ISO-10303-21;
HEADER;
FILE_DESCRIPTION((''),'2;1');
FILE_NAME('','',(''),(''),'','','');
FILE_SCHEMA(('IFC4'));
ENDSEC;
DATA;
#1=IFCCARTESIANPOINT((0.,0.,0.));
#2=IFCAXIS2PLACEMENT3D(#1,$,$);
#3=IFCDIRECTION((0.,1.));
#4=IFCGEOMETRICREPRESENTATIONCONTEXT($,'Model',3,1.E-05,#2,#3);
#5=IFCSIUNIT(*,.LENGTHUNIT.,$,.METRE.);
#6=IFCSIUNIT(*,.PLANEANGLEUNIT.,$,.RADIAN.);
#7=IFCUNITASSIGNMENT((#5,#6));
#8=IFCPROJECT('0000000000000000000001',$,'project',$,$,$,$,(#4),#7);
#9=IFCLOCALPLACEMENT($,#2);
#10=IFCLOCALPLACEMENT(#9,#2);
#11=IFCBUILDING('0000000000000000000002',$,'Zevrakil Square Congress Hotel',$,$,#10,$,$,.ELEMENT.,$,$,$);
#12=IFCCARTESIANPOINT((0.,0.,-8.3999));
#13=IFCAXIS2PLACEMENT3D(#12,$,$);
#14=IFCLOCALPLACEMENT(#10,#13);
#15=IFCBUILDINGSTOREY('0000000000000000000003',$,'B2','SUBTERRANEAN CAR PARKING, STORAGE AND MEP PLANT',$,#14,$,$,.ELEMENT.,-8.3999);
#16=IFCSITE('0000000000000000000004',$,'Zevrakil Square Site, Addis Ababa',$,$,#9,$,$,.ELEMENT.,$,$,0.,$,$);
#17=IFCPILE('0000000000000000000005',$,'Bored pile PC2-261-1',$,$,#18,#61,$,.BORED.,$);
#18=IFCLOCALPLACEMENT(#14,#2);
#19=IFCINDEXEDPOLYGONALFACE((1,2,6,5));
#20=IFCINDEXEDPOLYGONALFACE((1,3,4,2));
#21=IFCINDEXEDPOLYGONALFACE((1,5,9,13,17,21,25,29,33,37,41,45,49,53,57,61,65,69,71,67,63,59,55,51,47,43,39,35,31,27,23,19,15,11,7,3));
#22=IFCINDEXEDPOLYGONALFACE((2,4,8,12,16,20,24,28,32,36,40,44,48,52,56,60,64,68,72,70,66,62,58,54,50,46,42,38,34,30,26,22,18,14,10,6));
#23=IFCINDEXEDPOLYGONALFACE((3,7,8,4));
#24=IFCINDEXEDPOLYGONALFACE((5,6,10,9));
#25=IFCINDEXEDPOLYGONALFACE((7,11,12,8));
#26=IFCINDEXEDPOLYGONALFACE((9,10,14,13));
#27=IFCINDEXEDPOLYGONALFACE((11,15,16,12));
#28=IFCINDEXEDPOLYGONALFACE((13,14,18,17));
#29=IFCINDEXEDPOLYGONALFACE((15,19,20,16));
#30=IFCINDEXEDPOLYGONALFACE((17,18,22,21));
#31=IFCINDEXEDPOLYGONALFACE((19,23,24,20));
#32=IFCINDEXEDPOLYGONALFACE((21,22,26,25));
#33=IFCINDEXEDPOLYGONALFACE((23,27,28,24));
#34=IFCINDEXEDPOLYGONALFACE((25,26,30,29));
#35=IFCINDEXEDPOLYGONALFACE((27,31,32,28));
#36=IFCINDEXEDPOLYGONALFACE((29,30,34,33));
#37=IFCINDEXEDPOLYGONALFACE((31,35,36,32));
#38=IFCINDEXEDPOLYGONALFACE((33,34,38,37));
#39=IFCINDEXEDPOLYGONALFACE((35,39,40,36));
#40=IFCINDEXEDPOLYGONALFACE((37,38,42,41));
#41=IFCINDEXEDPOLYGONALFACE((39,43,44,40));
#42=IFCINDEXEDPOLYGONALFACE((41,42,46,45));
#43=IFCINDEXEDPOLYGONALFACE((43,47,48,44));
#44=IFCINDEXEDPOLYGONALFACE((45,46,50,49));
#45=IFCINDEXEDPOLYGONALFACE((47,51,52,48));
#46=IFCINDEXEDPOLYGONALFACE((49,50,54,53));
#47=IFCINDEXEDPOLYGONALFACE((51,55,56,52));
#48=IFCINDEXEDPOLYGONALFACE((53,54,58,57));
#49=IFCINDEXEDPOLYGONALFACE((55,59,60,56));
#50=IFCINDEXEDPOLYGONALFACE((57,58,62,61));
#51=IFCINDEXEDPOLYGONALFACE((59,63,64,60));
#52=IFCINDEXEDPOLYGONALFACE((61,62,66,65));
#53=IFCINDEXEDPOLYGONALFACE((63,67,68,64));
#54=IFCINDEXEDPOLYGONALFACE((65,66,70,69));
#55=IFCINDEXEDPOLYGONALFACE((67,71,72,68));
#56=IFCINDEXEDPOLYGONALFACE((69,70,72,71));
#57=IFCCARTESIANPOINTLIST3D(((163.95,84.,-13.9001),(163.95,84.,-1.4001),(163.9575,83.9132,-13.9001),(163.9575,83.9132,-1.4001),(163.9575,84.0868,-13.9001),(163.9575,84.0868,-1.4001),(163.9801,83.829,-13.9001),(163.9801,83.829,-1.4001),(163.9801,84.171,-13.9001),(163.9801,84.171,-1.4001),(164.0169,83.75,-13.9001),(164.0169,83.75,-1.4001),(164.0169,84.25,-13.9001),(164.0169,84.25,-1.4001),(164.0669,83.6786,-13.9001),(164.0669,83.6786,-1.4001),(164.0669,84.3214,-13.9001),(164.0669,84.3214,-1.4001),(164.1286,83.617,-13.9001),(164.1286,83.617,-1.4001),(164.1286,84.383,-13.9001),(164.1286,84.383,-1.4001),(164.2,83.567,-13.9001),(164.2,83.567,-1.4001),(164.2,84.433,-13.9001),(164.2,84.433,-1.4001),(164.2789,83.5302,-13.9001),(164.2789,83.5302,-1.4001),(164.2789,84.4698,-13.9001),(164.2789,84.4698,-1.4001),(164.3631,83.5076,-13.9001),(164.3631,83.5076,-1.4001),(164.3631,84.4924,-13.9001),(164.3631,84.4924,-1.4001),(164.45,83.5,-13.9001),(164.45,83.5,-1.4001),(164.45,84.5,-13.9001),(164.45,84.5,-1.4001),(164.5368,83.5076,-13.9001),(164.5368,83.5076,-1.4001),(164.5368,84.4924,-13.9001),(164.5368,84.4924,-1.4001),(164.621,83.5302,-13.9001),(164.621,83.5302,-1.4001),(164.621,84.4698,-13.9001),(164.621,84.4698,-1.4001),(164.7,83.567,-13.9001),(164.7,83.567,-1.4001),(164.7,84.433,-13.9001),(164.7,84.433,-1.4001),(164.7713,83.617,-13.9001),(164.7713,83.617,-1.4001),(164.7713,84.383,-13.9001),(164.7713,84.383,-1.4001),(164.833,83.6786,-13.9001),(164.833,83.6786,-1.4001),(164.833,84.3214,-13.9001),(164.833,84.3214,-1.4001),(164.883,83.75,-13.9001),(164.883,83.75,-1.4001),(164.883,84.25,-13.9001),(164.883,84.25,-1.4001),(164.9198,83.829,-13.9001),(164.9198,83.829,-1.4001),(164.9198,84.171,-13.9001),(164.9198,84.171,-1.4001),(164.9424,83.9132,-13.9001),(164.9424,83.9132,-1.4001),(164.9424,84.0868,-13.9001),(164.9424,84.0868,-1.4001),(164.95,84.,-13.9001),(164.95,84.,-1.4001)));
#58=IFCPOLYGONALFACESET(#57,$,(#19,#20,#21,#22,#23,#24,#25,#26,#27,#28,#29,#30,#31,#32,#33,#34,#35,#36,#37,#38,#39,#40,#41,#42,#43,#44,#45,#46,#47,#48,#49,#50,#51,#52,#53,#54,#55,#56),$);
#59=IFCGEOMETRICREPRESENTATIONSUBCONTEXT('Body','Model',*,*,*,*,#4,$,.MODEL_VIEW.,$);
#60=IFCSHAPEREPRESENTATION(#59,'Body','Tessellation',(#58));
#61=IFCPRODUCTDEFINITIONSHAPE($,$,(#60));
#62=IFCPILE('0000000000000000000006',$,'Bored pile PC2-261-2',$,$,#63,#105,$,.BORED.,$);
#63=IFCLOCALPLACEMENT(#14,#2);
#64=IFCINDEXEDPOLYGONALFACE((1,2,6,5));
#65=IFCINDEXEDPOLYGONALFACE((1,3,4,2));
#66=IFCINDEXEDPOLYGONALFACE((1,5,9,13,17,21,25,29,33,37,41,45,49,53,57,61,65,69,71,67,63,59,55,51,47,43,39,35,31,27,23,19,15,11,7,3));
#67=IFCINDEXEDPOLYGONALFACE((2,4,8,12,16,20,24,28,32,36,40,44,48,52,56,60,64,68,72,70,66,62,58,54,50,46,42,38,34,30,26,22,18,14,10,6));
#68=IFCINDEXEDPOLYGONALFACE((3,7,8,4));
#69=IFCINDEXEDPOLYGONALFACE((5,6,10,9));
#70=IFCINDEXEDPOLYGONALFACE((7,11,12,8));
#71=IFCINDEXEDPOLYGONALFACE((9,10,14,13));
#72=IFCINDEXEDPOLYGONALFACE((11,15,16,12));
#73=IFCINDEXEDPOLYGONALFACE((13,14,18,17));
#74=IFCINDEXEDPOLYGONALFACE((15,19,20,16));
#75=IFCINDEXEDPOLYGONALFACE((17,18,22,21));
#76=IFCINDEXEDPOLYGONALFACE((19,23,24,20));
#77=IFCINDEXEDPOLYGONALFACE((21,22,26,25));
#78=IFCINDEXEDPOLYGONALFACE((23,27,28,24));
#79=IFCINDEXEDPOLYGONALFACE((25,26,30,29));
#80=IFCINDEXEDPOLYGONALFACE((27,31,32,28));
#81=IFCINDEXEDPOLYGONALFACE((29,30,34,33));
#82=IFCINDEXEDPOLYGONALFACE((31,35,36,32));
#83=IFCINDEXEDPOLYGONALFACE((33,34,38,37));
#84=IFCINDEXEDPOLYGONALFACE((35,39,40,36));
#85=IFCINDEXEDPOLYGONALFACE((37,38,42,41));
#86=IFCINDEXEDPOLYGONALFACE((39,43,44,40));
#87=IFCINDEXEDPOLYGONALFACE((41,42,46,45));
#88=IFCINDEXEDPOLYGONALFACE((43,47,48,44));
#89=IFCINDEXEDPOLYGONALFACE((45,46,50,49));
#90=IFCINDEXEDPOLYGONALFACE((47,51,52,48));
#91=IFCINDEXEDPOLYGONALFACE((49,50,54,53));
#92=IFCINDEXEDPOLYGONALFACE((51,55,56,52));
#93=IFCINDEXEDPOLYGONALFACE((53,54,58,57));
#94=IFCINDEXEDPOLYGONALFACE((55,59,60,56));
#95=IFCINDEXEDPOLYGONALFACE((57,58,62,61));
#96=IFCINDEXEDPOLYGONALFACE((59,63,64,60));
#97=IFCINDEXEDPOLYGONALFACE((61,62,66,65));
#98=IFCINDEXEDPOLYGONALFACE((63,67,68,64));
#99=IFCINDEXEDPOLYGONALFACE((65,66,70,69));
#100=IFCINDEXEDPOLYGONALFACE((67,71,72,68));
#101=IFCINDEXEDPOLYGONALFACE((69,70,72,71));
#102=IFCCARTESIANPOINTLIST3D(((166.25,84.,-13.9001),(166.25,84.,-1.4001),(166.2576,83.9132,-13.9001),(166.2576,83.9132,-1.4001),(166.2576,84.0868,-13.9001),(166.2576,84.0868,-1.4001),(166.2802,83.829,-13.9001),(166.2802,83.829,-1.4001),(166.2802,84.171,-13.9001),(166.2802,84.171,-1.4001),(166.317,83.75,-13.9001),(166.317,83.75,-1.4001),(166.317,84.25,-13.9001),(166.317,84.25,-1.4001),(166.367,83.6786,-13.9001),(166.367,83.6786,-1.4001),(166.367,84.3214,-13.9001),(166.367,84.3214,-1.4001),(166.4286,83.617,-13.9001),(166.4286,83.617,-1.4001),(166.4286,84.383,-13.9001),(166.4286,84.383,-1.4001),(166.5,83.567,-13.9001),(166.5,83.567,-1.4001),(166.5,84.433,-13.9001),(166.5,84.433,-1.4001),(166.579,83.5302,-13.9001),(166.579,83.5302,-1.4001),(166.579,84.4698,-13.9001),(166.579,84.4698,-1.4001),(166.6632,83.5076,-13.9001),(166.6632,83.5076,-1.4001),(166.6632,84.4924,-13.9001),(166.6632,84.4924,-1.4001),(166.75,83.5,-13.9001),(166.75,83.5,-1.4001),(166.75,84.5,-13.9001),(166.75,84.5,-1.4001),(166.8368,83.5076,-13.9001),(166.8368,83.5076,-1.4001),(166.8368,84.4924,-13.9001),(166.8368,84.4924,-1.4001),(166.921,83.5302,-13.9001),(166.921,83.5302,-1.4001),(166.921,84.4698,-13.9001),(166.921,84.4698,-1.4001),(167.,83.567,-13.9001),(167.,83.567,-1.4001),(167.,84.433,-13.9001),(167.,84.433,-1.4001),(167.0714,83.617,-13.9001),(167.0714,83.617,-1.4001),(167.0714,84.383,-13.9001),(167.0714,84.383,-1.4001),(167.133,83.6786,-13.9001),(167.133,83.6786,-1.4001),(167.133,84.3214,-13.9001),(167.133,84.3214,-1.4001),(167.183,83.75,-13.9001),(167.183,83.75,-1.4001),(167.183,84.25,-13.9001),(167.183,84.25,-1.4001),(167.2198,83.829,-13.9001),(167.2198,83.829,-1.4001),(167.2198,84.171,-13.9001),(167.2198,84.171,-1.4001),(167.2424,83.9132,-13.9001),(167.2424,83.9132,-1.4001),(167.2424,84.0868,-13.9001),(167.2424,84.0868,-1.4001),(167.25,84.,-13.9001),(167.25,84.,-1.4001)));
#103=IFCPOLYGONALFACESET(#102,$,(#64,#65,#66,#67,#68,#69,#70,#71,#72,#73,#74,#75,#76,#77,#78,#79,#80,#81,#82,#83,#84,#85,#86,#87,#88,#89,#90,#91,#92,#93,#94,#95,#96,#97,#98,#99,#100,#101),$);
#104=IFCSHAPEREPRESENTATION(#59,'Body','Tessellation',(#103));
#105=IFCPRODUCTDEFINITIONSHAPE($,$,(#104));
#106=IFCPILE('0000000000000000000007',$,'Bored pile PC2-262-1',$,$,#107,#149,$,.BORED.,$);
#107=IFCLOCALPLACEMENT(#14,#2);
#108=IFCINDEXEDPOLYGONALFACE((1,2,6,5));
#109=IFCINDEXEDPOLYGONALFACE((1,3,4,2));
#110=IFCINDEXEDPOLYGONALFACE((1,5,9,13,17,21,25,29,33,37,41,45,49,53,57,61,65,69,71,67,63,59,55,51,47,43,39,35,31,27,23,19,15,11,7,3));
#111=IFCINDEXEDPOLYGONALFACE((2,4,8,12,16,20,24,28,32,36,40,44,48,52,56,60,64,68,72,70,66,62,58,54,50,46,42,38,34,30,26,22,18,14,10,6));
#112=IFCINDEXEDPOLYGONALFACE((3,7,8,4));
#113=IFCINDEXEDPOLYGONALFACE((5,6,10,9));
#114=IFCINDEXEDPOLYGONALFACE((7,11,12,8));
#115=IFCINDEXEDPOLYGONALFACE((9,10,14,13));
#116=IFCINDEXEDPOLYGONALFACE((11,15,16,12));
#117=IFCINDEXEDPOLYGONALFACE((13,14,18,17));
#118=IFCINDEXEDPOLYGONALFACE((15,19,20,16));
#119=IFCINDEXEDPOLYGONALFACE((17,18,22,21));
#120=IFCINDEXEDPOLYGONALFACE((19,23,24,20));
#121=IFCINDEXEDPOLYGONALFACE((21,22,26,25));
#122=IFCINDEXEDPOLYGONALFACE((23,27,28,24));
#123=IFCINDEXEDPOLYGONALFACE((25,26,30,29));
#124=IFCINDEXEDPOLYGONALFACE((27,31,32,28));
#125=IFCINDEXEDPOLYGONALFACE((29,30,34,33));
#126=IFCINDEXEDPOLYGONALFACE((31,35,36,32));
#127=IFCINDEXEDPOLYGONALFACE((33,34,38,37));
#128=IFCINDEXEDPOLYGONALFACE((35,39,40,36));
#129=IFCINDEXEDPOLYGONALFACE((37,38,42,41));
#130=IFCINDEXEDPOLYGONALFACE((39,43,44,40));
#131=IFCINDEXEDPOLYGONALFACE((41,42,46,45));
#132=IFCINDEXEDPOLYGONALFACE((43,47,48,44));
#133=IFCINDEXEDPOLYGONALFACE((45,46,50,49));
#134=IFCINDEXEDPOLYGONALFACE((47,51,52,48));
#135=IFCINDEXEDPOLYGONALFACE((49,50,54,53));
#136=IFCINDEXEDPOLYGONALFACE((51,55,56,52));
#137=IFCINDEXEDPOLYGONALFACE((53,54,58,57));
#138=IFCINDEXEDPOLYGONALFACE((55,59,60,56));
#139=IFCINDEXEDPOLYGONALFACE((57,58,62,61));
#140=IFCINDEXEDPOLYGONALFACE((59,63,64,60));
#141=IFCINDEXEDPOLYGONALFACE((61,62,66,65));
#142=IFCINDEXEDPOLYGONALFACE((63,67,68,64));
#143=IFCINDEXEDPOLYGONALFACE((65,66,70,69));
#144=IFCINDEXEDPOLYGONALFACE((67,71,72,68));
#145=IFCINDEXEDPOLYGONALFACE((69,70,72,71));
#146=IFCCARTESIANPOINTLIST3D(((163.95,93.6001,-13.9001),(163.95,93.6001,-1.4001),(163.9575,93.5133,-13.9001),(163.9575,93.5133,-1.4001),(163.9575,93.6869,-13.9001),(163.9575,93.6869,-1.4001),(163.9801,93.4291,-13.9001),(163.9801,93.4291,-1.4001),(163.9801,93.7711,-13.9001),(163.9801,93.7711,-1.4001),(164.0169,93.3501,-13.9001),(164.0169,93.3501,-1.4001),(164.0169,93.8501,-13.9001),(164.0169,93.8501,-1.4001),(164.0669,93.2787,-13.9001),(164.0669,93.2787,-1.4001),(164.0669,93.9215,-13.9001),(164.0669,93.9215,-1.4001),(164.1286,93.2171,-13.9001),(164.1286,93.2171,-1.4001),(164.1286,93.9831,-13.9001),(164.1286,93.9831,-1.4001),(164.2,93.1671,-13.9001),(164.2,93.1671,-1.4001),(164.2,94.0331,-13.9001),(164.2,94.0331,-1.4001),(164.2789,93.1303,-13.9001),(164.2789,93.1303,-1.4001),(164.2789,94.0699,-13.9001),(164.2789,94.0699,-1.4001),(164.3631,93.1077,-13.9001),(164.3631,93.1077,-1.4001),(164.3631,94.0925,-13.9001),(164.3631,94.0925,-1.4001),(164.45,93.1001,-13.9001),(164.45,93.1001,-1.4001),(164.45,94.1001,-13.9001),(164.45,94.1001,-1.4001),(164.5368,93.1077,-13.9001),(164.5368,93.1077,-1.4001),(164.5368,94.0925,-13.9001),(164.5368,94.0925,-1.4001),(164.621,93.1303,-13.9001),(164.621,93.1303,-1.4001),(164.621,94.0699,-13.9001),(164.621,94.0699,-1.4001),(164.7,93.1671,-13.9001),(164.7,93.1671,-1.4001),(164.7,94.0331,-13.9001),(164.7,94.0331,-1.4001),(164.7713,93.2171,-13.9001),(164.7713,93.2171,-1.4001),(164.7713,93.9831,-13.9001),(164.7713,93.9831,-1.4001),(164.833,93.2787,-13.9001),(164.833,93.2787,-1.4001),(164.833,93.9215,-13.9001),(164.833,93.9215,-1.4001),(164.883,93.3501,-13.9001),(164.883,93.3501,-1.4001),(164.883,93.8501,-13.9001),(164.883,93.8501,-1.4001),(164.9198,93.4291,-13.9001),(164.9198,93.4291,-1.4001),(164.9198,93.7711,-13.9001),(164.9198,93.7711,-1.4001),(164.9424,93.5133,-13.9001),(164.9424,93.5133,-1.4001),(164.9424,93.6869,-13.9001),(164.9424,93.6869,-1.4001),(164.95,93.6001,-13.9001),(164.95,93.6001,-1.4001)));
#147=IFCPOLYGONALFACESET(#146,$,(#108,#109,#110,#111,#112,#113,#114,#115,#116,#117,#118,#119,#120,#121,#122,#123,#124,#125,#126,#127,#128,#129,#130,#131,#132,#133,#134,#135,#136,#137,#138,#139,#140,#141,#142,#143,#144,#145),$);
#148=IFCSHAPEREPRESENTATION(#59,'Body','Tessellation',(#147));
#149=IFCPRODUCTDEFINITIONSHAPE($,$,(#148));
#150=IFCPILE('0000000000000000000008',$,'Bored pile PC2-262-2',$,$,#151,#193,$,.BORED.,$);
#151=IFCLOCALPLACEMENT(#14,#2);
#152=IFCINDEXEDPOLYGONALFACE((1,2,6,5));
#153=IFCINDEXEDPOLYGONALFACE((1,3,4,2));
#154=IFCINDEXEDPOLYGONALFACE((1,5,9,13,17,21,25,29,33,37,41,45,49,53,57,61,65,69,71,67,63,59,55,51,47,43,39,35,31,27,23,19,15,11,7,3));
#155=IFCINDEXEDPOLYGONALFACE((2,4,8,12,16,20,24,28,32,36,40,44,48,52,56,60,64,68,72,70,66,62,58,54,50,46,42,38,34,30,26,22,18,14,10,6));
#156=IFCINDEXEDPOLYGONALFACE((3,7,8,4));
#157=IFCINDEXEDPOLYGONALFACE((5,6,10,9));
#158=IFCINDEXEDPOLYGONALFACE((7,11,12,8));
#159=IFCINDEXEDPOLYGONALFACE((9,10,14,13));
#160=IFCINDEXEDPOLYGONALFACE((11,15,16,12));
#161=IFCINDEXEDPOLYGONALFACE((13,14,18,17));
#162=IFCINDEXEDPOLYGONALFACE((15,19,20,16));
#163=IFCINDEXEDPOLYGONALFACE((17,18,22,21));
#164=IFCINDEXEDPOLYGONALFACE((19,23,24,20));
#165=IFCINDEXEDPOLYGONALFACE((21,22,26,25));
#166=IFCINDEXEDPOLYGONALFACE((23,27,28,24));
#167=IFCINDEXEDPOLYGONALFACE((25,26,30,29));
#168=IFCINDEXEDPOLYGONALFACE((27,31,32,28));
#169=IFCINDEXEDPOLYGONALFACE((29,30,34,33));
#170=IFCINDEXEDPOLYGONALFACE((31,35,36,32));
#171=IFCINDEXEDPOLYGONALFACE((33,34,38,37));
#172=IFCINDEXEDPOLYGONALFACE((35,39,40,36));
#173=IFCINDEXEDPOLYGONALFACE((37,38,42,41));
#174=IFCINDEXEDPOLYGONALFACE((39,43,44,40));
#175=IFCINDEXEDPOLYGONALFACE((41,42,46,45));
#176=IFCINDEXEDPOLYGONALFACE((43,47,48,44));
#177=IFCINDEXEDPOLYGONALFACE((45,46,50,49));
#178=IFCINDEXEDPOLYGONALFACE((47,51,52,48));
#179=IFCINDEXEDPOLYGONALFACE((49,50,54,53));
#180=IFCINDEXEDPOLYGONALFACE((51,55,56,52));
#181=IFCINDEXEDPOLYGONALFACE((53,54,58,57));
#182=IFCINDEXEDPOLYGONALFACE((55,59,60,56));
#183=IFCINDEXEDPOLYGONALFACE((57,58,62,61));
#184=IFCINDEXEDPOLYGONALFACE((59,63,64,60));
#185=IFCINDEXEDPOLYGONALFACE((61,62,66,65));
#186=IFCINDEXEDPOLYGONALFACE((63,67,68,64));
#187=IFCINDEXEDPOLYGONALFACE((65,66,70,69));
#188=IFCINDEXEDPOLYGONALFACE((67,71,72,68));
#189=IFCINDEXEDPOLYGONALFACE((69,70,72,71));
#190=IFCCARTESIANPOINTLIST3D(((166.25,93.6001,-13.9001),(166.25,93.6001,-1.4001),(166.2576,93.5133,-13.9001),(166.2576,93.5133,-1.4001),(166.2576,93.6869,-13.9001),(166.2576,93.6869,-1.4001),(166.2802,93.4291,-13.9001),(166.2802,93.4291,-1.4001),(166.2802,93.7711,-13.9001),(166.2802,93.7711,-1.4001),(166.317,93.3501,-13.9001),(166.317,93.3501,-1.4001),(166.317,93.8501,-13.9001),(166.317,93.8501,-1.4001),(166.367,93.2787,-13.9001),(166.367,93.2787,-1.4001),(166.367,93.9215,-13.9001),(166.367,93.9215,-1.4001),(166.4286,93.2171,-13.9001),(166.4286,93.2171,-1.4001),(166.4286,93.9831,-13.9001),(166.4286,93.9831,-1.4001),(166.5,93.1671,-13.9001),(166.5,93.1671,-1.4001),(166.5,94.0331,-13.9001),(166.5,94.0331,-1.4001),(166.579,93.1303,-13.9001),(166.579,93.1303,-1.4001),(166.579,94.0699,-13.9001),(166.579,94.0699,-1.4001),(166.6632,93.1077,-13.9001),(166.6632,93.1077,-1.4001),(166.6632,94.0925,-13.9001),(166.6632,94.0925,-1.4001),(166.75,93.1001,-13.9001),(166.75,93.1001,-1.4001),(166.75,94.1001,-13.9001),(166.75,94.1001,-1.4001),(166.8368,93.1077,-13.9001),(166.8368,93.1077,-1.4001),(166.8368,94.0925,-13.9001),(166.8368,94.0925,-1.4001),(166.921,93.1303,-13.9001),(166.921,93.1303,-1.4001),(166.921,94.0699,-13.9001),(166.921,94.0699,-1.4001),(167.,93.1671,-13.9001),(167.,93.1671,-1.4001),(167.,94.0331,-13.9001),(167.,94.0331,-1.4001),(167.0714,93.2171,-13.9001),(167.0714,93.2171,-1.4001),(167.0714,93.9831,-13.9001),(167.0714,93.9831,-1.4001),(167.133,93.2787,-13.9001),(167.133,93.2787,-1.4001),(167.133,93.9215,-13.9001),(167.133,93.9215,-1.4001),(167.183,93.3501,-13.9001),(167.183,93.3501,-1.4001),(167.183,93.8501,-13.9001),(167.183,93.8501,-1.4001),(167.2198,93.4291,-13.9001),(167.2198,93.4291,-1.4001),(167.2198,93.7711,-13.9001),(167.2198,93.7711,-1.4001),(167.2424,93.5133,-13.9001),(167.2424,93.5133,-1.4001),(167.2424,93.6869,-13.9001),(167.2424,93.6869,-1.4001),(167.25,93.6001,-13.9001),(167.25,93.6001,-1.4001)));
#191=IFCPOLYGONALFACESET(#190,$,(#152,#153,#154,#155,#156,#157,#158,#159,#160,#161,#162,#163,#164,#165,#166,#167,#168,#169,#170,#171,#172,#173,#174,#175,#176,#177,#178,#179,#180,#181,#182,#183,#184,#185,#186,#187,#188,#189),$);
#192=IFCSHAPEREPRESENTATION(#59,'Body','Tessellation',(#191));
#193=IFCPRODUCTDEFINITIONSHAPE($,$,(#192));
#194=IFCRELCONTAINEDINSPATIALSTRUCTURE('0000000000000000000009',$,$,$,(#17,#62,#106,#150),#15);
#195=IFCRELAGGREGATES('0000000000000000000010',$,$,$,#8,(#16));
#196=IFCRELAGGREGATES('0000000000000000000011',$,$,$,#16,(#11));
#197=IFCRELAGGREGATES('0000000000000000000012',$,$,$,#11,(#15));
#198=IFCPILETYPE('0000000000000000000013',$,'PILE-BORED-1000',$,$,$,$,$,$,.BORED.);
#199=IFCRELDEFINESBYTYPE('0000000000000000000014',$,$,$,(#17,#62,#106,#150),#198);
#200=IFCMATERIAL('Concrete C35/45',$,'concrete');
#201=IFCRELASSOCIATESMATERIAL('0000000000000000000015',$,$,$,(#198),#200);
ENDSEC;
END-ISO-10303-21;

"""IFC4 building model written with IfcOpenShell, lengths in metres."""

from ifc_helpers import new_model, si_unit, direction, frame, origin, origin_2d, place, context, subcontext, project, spatial, circle, extrude, material, material_profile, profile_set, type_object, element, save


model = new_model("IFC4")

# Units and contexts
model_context = context("Model", 3, precision=1e-05, world=origin(), true_north=direction((0.0, 1.0)))
body_context = subcontext(model_context, "Body", "Model", "MODEL_VIEW")
ifc_project = project(units=[si_unit("LENGTHUNIT", "METRE"), si_unit("PLANEANGLEUNIT", "RADIAN")], contexts=[model_context])

# Site, building, storey
site_placement = place(None, origin())
site = spatial("IfcSite", under=ifc_project, at=site_placement, Name="Zevrakil Square Site, Addis Ababa", CompositionType="ELEMENT", RefElevation=0.0)
building_placement = place(site_placement, origin())
building = spatial("IfcBuilding", under=site, at=building_placement, Name="Zevrakil Square Congress Hotel", CompositionType="ELEMENT")
storey_placement = place(building_placement, frame((0.0, 0.0, -8.3999)))
storey = spatial("IfcBuildingStorey", under=building, at=storey_placement, Name="B2", Description="SUBTERRANEAN CAR PARKING, STORAGE AND MEP PLANT", CompositionType="ELEMENT", Elevation=-8.3999)

# Piles
ifc_material_1 = material(Name="Concrete C35/45", Category="concrete")
ifc_material_profile_1 = material_profile(ifc_material_1, circle(Radius=0.5, at=origin_2d()), Name="PILE D1000")
ifc_profile_set_1 = profile_set([ifc_material_profile_1], Name="Concrete C35/45")
pile_type = type_object("IfcPileType", Name="PILE-BORED-1000", PredefinedType="BORED", material=ifc_profile_set_1)
for number, where, z_axis, x_axis, name in (
    (1, (164.45, 84.0, -1.4001), (0.0, 0.0, -1.0), (1.0, 0.0, 0.0), "Bored pile PC2-261-1"),
    (2, (166.75, 84.0, -1.4001), (0.0, 0.0, -1.0), (1.0, 0.0, 0.0), "Bored pile PC2-261-2"),
    (3, (164.45, 93.6001, -1.4001), (0.0, 0.0, -1.0), (1.0, 0.0, 0.0), "Bored pile PC2-262-1"),
    (4, (166.75, 93.6001, -1.4001), (0.0, 0.0, -1.0), (1.0, 0.0, 0.0), "Bored pile PC2-262-2"),
):
    element("IfcPile", number, at=place(storey_placement, frame(where, z_axis=z_axis, x_axis=x_axis)), inside=storey, type_object=pile_type, Name=name, PredefinedType="BORED", context=body_context, shape_type="SweptSolid", body=[
        extrude(circle(Radius=0.5, at=origin_2d()), origin(), (0.0, 0.0, 1.0), 12.5),
    ])

save(model, "model.ifc")
